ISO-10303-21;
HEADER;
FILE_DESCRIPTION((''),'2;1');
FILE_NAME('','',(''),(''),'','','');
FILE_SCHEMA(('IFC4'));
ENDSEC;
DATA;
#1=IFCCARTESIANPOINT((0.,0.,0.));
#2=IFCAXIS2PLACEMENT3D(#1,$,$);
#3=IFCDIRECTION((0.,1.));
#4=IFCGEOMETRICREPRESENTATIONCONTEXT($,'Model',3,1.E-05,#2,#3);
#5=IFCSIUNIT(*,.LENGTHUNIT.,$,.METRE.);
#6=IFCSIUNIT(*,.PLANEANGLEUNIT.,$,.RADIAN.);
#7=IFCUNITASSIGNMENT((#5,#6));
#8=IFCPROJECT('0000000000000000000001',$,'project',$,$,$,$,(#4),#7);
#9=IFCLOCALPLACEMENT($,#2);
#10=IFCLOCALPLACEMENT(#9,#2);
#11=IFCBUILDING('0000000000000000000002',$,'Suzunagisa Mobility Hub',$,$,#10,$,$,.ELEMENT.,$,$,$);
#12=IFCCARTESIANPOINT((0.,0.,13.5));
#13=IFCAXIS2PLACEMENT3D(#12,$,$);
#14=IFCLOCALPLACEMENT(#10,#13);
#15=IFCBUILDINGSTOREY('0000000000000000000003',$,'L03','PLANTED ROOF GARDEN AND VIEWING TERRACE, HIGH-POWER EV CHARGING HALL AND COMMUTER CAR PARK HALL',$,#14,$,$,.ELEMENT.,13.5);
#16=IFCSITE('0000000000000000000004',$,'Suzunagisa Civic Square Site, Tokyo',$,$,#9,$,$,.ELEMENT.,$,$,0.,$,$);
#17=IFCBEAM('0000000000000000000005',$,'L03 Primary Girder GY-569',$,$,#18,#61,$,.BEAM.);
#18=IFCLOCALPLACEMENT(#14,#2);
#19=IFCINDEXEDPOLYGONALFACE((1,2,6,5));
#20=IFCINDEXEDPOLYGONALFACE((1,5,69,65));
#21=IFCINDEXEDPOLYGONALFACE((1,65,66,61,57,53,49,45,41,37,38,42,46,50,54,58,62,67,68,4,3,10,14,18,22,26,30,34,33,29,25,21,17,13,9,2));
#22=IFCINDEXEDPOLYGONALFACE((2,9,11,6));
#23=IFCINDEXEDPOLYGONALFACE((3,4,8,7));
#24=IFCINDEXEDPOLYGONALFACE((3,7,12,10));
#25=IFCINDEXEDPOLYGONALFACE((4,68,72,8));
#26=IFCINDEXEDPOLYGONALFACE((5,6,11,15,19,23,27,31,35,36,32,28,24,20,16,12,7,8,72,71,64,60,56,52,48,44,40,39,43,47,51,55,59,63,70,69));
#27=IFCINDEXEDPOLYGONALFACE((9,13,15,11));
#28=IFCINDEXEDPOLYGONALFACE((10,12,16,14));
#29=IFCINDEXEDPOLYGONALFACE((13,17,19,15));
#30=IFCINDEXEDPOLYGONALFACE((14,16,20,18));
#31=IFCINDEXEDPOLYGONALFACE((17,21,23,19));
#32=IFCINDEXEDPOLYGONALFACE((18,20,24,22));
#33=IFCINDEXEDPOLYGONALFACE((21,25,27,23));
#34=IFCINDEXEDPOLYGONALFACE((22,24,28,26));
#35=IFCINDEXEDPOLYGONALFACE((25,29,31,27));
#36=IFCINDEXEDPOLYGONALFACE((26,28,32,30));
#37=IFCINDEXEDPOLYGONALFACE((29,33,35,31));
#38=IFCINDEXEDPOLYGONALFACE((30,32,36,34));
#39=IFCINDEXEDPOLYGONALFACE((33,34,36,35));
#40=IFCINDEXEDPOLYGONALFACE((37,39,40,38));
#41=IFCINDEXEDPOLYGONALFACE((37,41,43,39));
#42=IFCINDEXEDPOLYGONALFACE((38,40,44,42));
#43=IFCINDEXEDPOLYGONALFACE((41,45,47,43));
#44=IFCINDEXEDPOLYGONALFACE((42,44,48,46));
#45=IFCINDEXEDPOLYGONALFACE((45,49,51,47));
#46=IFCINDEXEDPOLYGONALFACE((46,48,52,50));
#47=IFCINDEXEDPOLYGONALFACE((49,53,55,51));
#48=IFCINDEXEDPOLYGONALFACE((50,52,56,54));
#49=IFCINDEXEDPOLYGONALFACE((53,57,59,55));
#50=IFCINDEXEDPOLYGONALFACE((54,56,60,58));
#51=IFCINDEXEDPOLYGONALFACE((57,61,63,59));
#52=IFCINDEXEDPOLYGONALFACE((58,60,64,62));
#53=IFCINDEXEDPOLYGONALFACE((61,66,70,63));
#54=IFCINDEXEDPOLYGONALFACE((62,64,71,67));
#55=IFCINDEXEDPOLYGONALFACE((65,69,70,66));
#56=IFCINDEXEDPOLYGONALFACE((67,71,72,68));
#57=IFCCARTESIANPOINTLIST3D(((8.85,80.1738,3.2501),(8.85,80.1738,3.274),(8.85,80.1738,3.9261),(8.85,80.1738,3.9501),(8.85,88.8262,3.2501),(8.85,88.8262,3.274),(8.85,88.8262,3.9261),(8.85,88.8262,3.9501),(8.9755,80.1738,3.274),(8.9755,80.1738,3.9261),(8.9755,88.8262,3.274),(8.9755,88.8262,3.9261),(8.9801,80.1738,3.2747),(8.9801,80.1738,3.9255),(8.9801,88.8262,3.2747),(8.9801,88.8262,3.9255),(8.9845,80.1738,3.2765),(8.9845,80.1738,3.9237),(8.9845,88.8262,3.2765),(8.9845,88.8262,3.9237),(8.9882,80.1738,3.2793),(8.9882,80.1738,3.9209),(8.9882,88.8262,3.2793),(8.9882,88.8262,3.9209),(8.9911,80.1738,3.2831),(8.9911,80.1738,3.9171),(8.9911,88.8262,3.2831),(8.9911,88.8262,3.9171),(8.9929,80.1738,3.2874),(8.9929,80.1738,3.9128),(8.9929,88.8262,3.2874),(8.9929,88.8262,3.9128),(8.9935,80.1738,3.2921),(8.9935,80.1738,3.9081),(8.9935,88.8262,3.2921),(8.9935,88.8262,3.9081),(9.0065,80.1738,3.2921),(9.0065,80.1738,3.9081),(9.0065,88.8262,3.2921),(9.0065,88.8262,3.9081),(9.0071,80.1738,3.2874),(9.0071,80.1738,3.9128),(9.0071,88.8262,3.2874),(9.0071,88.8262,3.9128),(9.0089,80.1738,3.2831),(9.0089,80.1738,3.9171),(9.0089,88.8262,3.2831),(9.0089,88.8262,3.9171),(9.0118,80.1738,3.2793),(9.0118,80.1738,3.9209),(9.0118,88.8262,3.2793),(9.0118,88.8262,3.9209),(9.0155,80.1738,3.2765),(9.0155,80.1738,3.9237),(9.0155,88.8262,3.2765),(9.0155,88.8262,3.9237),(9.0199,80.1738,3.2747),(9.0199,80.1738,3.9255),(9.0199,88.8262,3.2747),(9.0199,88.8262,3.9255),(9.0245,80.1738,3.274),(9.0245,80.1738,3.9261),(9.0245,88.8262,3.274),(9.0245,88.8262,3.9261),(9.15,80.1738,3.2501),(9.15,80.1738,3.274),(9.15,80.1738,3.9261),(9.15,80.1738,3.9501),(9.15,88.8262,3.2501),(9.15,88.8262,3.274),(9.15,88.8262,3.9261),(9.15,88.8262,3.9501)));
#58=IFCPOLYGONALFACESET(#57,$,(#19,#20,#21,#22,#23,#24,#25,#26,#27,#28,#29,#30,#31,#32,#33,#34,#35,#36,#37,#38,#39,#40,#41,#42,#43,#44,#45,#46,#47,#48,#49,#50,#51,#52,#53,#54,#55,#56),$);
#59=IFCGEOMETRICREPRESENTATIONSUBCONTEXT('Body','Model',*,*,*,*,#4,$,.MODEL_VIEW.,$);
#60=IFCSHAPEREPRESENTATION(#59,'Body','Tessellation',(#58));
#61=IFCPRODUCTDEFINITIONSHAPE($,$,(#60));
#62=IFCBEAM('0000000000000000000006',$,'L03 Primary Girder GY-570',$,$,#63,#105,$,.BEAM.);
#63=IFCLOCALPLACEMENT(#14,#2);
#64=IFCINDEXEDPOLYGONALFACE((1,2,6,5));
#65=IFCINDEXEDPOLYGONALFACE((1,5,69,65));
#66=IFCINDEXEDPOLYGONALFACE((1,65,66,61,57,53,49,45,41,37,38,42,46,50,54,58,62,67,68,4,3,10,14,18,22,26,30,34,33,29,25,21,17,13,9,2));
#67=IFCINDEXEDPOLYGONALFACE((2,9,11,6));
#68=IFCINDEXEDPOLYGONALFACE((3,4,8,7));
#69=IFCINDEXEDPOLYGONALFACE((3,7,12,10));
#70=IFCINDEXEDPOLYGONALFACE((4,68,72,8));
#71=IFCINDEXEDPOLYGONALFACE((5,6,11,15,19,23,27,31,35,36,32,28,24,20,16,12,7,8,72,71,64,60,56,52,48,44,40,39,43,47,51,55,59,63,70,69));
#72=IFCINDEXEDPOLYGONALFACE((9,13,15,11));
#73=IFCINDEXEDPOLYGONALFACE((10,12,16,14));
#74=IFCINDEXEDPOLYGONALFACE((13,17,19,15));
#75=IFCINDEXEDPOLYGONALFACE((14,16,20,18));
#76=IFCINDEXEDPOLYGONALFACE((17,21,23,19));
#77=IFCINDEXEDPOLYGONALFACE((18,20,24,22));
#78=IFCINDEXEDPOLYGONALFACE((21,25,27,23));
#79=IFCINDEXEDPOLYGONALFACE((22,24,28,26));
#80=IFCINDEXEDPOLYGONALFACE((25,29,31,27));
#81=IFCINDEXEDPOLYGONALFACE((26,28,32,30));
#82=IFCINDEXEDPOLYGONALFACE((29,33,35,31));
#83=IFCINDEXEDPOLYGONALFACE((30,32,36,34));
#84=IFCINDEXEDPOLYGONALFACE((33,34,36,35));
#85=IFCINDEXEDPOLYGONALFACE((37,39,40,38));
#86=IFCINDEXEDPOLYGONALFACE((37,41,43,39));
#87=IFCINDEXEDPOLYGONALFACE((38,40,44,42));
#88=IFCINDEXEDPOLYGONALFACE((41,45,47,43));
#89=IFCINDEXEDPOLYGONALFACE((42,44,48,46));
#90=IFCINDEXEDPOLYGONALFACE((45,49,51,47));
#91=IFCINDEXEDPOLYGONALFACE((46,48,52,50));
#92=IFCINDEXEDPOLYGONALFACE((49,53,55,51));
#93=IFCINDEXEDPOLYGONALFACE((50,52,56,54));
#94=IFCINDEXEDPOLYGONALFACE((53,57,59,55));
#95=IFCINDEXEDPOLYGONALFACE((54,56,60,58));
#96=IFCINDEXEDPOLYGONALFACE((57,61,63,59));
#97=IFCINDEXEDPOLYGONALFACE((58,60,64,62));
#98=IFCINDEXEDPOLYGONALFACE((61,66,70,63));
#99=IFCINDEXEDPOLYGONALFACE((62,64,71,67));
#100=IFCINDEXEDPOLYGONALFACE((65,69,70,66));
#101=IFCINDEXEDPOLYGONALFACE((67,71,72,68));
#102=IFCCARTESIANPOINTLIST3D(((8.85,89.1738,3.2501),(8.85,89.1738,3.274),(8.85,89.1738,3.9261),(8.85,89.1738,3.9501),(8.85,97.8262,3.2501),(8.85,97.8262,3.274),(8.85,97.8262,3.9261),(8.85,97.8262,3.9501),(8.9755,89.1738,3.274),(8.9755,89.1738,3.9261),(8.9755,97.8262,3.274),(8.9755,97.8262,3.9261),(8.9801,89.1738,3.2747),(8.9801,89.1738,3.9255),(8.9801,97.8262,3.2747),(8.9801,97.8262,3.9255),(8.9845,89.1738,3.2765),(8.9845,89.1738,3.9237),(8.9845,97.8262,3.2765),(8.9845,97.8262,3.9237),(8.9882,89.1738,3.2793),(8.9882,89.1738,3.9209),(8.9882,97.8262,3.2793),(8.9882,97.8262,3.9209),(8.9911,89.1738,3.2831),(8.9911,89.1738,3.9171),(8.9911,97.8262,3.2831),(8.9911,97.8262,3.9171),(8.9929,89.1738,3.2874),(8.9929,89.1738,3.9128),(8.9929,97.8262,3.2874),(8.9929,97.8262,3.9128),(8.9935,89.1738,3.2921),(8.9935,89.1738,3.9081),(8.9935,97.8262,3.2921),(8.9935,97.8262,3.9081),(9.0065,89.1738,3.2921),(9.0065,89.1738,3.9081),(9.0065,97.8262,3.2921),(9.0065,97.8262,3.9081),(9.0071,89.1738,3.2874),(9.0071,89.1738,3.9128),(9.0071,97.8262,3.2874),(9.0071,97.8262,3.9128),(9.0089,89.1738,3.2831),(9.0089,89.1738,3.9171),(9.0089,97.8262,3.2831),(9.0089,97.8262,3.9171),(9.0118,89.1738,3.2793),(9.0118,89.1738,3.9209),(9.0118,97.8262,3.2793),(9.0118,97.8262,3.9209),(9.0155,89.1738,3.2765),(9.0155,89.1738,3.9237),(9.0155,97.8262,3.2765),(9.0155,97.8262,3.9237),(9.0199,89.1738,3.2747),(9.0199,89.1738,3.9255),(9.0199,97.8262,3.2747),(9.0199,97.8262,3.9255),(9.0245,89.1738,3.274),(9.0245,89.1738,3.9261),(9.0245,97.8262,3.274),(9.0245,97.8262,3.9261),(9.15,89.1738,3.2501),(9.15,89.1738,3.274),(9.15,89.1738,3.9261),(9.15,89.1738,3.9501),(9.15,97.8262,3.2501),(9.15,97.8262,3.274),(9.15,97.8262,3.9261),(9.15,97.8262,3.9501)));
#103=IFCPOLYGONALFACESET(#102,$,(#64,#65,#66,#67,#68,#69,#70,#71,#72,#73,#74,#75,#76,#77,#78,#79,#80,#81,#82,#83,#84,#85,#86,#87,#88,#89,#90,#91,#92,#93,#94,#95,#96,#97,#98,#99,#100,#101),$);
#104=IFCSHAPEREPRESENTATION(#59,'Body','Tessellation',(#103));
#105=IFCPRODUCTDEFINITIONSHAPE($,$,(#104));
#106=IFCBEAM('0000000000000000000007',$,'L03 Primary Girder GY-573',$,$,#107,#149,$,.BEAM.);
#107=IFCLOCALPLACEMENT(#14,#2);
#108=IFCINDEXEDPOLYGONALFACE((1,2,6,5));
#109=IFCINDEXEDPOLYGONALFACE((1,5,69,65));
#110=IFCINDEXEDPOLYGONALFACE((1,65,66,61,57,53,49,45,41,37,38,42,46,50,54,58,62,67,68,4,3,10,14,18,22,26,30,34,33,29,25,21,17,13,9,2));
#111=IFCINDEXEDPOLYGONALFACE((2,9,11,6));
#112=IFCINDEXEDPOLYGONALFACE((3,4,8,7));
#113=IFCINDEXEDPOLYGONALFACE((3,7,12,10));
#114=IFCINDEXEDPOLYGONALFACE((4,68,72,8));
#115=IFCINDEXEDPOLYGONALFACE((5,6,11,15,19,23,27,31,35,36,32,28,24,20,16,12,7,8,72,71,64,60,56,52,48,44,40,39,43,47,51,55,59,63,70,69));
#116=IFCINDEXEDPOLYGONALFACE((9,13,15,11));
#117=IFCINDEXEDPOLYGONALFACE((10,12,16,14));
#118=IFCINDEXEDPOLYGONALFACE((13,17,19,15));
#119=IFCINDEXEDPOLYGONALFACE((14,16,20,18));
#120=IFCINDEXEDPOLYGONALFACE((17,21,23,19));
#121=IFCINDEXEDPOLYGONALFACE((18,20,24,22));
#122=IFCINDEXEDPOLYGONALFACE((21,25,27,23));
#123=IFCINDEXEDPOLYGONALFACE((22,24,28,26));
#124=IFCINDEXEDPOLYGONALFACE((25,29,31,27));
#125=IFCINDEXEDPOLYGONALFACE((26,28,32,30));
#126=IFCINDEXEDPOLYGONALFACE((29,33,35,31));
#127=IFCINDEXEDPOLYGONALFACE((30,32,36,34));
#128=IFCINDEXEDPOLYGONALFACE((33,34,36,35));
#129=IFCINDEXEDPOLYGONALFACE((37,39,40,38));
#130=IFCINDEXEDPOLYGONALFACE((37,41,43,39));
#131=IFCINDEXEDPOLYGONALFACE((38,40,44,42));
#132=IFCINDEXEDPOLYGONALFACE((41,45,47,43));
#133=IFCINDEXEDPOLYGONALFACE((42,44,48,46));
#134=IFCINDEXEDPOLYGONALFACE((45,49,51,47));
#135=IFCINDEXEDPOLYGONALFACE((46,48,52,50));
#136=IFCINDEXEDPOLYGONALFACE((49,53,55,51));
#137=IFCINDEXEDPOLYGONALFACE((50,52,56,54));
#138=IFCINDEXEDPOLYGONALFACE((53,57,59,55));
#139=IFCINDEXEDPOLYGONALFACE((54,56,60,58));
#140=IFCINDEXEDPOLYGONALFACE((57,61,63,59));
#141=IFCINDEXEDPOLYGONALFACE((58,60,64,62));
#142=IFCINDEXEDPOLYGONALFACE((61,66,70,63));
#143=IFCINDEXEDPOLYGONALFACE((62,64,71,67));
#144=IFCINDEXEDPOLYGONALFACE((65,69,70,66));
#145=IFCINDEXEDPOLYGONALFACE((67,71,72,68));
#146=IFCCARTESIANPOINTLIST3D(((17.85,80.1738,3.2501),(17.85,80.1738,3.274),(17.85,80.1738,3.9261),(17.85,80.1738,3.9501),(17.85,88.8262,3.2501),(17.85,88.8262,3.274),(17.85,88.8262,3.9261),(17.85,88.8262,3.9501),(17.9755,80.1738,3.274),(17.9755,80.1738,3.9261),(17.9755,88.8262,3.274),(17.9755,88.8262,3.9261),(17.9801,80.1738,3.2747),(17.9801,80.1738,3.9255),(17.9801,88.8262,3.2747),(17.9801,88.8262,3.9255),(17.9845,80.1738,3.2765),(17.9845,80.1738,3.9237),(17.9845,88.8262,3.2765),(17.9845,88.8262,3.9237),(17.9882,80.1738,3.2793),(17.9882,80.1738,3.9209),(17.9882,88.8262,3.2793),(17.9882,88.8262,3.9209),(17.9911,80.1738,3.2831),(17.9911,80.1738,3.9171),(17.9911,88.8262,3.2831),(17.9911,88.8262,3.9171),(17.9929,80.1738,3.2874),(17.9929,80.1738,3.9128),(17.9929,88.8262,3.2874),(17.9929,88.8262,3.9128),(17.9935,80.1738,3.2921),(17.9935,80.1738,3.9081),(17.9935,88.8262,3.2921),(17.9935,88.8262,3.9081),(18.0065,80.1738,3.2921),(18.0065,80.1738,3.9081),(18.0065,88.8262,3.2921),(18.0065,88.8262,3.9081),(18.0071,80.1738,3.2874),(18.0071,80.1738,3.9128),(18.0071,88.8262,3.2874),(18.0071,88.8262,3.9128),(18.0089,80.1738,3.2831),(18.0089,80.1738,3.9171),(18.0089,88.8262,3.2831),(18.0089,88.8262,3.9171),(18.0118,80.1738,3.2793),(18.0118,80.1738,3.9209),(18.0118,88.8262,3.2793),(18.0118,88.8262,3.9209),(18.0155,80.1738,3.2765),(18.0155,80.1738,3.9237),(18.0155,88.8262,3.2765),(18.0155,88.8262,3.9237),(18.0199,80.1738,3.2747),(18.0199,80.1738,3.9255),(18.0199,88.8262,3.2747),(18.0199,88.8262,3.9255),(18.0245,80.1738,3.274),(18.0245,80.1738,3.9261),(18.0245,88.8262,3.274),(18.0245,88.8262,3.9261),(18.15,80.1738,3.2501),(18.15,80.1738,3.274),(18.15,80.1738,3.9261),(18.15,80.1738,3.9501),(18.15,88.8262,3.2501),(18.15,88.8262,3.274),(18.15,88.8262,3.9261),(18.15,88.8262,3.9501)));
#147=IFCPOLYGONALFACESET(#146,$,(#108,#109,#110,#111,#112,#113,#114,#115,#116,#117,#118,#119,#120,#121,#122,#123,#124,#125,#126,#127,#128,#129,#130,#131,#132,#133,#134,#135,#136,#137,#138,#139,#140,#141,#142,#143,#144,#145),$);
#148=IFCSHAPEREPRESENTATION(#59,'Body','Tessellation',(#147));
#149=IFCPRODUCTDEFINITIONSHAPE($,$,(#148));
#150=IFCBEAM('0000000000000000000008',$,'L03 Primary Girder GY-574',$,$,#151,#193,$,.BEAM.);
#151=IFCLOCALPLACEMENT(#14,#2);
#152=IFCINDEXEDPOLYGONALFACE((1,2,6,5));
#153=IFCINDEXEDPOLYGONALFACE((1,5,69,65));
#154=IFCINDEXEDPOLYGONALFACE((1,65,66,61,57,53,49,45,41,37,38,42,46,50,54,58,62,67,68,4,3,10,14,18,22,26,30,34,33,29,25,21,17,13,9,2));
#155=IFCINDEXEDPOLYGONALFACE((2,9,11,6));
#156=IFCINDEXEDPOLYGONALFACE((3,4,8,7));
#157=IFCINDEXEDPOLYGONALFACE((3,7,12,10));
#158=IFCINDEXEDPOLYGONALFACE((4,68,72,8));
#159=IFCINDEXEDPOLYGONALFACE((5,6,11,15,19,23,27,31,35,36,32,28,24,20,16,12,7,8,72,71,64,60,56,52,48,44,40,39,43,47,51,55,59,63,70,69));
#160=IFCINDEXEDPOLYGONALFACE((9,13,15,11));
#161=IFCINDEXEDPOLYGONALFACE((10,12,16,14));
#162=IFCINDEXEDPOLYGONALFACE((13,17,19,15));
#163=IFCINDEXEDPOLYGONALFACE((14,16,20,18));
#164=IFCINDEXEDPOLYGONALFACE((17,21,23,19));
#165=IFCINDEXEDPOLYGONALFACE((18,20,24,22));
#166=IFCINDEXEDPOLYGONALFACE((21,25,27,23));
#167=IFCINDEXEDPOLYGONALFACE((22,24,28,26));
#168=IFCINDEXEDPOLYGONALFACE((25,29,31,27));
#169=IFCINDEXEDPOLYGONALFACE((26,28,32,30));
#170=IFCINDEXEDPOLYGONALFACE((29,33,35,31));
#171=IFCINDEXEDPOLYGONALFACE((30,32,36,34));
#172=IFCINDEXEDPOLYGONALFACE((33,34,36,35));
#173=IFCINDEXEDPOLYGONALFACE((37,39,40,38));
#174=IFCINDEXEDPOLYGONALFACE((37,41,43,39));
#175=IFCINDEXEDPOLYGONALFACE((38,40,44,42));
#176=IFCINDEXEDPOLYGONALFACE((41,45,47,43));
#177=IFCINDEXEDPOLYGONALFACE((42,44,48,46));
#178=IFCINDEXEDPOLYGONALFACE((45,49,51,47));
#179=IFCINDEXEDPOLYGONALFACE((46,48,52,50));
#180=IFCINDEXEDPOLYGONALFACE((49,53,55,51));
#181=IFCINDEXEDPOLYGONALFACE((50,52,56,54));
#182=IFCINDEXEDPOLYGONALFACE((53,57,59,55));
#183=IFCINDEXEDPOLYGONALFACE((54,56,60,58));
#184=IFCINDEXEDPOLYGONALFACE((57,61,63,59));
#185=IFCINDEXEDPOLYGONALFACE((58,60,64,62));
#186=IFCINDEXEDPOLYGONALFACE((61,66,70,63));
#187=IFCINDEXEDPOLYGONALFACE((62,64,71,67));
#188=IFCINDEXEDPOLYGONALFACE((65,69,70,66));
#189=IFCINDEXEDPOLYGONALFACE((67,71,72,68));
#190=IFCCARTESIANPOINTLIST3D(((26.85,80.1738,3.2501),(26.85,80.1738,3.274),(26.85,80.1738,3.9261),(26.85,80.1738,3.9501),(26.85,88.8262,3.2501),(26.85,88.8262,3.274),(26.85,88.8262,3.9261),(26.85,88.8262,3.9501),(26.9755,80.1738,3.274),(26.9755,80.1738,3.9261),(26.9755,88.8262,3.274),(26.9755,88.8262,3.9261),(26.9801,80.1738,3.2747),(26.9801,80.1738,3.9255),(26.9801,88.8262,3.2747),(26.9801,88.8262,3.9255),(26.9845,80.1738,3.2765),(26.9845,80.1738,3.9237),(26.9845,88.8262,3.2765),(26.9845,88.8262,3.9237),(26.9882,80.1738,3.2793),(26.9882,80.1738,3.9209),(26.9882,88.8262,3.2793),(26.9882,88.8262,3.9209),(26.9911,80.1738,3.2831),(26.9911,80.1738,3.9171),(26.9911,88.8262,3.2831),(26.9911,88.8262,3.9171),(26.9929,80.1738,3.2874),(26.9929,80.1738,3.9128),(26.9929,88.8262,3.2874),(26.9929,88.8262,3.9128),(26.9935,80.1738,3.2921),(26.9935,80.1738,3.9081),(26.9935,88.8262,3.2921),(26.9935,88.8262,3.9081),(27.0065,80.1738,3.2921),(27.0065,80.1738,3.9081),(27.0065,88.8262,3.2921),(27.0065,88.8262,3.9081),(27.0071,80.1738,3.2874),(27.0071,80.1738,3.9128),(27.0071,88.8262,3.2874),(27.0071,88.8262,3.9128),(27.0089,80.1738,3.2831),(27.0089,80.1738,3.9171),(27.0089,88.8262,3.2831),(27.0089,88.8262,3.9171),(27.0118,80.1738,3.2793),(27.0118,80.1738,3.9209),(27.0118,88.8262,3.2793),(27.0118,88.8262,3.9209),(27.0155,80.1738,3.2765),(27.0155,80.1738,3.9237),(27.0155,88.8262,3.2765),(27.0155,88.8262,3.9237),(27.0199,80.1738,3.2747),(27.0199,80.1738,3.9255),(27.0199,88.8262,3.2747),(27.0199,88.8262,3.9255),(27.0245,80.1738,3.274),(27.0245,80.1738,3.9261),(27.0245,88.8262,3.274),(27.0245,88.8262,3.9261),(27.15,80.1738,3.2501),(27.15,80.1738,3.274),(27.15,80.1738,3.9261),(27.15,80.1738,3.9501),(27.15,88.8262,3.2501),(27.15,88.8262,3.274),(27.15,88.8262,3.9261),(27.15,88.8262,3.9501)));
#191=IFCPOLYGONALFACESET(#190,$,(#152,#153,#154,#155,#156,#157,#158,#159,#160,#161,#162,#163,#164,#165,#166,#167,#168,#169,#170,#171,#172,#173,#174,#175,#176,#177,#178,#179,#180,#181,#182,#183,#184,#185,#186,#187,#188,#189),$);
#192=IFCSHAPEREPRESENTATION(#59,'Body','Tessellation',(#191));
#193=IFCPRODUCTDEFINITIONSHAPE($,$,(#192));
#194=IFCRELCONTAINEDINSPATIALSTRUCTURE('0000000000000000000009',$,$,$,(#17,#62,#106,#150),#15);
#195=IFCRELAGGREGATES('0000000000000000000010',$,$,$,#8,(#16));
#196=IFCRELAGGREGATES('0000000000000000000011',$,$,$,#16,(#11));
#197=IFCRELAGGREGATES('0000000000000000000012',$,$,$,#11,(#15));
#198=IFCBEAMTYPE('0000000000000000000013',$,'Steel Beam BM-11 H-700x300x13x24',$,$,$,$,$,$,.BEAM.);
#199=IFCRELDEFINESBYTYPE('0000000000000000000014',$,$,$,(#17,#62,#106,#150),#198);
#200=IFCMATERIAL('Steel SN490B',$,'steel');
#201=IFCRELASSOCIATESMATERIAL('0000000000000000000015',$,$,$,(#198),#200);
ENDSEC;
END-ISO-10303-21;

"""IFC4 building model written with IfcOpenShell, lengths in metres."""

from ifc_helpers import new_model, si_unit, direction, frame, origin, origin_2d, place, context, subcontext, project, spatial, i_section, extrude, material, material_profile, profile_set, type_object, element, save


model = new_model("IFC4")

# Units and contexts
model_context = context("Model", 3, precision=1e-05, world=origin(), true_north=direction((0.0, 1.0)))
body_context = subcontext(model_context, "Body", "Model", "MODEL_VIEW")
ifc_project = project(units=[si_unit("LENGTHUNIT", "METRE"), si_unit("PLANEANGLEUNIT", "RADIAN")], contexts=[model_context])

# Site, building, storey
site_placement = place(None, origin())
site = spatial("IfcSite", under=ifc_project, at=site_placement, Name="Suzunagisa Civic Square Site, Tokyo", CompositionType="ELEMENT", RefElevation=0.0)
building_placement = place(site_placement, origin())
building = spatial("IfcBuilding", under=site, at=building_placement, Name="Suzunagisa Mobility Hub", CompositionType="ELEMENT")
storey_placement = place(building_placement, frame((0.0, 0.0, 13.5)))
storey = spatial("IfcBuildingStorey", under=building, at=storey_placement, Name="L03", Description="PLANTED ROOF GARDEN AND VIEWING TERRACE, HIGH-POWER EV CHARGING HALL AND COMMUTER CAR PARK HALL", CompositionType="ELEMENT", Elevation=13.5)

# Shared definitions
ifc_material_1 = material(Name="Steel SN490B", Category="steel")

# Beams
ifc_material_profile_1 = material_profile(ifc_material_1, i_section(OverallWidth=0.3, OverallDepth=0.7, WebThickness=0.0129, FlangeThickness=0.0239, FilletRadius=0.0181, at=origin_2d()), Name="H-700x300x13x24")
ifc_profile_set_1 = profile_set([ifc_material_profile_1], Name="Steel SN490B")
beam_type_1 = type_object("IfcBeamType", Name="Steel Beam BM-11 H-700x300x13x24", PredefinedType="BEAM", material=ifc_profile_set_1)
for number, where, z_axis, x_axis, name in (
    (1, (9.0, 80.1738, 3.6001), (0.0, 1.0, 0.0), (-1.0, 0.0, 0.0), "L03 Primary Girder GY-569"),
    (2, (9.0, 89.1738, 3.6001), (0.0, 1.0, 0.0), (-1.0, 0.0, 0.0), "L03 Primary Girder GY-570"),
    (3, (18.0, 80.1738, 3.6001), (0.0, 1.0, 0.0), (-1.0, 0.0, 0.0), "L03 Primary Girder GY-573"),
    (4, (27.0, 80.1738, 3.6001), (0.0, 1.0, 0.0), (-1.0, 0.0, 0.0), "L03 Primary Girder GY-574"),
):
    element("IfcBeam", number, at=place(storey_placement, frame(where, z_axis=z_axis, x_axis=x_axis)), inside=storey, type_object=beam_type_1, Name=name, PredefinedType="BEAM", context=body_context, shape_type="SweptSolid", body=[
        extrude(i_section(OverallWidth=0.3, OverallDepth=0.7, WebThickness=0.0129, FlangeThickness=0.0239, FilletRadius=0.0181, at=origin_2d()), origin(), (0.0, 0.0, 1.0), 8.6523),
    ])

save(model, "model.ifc")
